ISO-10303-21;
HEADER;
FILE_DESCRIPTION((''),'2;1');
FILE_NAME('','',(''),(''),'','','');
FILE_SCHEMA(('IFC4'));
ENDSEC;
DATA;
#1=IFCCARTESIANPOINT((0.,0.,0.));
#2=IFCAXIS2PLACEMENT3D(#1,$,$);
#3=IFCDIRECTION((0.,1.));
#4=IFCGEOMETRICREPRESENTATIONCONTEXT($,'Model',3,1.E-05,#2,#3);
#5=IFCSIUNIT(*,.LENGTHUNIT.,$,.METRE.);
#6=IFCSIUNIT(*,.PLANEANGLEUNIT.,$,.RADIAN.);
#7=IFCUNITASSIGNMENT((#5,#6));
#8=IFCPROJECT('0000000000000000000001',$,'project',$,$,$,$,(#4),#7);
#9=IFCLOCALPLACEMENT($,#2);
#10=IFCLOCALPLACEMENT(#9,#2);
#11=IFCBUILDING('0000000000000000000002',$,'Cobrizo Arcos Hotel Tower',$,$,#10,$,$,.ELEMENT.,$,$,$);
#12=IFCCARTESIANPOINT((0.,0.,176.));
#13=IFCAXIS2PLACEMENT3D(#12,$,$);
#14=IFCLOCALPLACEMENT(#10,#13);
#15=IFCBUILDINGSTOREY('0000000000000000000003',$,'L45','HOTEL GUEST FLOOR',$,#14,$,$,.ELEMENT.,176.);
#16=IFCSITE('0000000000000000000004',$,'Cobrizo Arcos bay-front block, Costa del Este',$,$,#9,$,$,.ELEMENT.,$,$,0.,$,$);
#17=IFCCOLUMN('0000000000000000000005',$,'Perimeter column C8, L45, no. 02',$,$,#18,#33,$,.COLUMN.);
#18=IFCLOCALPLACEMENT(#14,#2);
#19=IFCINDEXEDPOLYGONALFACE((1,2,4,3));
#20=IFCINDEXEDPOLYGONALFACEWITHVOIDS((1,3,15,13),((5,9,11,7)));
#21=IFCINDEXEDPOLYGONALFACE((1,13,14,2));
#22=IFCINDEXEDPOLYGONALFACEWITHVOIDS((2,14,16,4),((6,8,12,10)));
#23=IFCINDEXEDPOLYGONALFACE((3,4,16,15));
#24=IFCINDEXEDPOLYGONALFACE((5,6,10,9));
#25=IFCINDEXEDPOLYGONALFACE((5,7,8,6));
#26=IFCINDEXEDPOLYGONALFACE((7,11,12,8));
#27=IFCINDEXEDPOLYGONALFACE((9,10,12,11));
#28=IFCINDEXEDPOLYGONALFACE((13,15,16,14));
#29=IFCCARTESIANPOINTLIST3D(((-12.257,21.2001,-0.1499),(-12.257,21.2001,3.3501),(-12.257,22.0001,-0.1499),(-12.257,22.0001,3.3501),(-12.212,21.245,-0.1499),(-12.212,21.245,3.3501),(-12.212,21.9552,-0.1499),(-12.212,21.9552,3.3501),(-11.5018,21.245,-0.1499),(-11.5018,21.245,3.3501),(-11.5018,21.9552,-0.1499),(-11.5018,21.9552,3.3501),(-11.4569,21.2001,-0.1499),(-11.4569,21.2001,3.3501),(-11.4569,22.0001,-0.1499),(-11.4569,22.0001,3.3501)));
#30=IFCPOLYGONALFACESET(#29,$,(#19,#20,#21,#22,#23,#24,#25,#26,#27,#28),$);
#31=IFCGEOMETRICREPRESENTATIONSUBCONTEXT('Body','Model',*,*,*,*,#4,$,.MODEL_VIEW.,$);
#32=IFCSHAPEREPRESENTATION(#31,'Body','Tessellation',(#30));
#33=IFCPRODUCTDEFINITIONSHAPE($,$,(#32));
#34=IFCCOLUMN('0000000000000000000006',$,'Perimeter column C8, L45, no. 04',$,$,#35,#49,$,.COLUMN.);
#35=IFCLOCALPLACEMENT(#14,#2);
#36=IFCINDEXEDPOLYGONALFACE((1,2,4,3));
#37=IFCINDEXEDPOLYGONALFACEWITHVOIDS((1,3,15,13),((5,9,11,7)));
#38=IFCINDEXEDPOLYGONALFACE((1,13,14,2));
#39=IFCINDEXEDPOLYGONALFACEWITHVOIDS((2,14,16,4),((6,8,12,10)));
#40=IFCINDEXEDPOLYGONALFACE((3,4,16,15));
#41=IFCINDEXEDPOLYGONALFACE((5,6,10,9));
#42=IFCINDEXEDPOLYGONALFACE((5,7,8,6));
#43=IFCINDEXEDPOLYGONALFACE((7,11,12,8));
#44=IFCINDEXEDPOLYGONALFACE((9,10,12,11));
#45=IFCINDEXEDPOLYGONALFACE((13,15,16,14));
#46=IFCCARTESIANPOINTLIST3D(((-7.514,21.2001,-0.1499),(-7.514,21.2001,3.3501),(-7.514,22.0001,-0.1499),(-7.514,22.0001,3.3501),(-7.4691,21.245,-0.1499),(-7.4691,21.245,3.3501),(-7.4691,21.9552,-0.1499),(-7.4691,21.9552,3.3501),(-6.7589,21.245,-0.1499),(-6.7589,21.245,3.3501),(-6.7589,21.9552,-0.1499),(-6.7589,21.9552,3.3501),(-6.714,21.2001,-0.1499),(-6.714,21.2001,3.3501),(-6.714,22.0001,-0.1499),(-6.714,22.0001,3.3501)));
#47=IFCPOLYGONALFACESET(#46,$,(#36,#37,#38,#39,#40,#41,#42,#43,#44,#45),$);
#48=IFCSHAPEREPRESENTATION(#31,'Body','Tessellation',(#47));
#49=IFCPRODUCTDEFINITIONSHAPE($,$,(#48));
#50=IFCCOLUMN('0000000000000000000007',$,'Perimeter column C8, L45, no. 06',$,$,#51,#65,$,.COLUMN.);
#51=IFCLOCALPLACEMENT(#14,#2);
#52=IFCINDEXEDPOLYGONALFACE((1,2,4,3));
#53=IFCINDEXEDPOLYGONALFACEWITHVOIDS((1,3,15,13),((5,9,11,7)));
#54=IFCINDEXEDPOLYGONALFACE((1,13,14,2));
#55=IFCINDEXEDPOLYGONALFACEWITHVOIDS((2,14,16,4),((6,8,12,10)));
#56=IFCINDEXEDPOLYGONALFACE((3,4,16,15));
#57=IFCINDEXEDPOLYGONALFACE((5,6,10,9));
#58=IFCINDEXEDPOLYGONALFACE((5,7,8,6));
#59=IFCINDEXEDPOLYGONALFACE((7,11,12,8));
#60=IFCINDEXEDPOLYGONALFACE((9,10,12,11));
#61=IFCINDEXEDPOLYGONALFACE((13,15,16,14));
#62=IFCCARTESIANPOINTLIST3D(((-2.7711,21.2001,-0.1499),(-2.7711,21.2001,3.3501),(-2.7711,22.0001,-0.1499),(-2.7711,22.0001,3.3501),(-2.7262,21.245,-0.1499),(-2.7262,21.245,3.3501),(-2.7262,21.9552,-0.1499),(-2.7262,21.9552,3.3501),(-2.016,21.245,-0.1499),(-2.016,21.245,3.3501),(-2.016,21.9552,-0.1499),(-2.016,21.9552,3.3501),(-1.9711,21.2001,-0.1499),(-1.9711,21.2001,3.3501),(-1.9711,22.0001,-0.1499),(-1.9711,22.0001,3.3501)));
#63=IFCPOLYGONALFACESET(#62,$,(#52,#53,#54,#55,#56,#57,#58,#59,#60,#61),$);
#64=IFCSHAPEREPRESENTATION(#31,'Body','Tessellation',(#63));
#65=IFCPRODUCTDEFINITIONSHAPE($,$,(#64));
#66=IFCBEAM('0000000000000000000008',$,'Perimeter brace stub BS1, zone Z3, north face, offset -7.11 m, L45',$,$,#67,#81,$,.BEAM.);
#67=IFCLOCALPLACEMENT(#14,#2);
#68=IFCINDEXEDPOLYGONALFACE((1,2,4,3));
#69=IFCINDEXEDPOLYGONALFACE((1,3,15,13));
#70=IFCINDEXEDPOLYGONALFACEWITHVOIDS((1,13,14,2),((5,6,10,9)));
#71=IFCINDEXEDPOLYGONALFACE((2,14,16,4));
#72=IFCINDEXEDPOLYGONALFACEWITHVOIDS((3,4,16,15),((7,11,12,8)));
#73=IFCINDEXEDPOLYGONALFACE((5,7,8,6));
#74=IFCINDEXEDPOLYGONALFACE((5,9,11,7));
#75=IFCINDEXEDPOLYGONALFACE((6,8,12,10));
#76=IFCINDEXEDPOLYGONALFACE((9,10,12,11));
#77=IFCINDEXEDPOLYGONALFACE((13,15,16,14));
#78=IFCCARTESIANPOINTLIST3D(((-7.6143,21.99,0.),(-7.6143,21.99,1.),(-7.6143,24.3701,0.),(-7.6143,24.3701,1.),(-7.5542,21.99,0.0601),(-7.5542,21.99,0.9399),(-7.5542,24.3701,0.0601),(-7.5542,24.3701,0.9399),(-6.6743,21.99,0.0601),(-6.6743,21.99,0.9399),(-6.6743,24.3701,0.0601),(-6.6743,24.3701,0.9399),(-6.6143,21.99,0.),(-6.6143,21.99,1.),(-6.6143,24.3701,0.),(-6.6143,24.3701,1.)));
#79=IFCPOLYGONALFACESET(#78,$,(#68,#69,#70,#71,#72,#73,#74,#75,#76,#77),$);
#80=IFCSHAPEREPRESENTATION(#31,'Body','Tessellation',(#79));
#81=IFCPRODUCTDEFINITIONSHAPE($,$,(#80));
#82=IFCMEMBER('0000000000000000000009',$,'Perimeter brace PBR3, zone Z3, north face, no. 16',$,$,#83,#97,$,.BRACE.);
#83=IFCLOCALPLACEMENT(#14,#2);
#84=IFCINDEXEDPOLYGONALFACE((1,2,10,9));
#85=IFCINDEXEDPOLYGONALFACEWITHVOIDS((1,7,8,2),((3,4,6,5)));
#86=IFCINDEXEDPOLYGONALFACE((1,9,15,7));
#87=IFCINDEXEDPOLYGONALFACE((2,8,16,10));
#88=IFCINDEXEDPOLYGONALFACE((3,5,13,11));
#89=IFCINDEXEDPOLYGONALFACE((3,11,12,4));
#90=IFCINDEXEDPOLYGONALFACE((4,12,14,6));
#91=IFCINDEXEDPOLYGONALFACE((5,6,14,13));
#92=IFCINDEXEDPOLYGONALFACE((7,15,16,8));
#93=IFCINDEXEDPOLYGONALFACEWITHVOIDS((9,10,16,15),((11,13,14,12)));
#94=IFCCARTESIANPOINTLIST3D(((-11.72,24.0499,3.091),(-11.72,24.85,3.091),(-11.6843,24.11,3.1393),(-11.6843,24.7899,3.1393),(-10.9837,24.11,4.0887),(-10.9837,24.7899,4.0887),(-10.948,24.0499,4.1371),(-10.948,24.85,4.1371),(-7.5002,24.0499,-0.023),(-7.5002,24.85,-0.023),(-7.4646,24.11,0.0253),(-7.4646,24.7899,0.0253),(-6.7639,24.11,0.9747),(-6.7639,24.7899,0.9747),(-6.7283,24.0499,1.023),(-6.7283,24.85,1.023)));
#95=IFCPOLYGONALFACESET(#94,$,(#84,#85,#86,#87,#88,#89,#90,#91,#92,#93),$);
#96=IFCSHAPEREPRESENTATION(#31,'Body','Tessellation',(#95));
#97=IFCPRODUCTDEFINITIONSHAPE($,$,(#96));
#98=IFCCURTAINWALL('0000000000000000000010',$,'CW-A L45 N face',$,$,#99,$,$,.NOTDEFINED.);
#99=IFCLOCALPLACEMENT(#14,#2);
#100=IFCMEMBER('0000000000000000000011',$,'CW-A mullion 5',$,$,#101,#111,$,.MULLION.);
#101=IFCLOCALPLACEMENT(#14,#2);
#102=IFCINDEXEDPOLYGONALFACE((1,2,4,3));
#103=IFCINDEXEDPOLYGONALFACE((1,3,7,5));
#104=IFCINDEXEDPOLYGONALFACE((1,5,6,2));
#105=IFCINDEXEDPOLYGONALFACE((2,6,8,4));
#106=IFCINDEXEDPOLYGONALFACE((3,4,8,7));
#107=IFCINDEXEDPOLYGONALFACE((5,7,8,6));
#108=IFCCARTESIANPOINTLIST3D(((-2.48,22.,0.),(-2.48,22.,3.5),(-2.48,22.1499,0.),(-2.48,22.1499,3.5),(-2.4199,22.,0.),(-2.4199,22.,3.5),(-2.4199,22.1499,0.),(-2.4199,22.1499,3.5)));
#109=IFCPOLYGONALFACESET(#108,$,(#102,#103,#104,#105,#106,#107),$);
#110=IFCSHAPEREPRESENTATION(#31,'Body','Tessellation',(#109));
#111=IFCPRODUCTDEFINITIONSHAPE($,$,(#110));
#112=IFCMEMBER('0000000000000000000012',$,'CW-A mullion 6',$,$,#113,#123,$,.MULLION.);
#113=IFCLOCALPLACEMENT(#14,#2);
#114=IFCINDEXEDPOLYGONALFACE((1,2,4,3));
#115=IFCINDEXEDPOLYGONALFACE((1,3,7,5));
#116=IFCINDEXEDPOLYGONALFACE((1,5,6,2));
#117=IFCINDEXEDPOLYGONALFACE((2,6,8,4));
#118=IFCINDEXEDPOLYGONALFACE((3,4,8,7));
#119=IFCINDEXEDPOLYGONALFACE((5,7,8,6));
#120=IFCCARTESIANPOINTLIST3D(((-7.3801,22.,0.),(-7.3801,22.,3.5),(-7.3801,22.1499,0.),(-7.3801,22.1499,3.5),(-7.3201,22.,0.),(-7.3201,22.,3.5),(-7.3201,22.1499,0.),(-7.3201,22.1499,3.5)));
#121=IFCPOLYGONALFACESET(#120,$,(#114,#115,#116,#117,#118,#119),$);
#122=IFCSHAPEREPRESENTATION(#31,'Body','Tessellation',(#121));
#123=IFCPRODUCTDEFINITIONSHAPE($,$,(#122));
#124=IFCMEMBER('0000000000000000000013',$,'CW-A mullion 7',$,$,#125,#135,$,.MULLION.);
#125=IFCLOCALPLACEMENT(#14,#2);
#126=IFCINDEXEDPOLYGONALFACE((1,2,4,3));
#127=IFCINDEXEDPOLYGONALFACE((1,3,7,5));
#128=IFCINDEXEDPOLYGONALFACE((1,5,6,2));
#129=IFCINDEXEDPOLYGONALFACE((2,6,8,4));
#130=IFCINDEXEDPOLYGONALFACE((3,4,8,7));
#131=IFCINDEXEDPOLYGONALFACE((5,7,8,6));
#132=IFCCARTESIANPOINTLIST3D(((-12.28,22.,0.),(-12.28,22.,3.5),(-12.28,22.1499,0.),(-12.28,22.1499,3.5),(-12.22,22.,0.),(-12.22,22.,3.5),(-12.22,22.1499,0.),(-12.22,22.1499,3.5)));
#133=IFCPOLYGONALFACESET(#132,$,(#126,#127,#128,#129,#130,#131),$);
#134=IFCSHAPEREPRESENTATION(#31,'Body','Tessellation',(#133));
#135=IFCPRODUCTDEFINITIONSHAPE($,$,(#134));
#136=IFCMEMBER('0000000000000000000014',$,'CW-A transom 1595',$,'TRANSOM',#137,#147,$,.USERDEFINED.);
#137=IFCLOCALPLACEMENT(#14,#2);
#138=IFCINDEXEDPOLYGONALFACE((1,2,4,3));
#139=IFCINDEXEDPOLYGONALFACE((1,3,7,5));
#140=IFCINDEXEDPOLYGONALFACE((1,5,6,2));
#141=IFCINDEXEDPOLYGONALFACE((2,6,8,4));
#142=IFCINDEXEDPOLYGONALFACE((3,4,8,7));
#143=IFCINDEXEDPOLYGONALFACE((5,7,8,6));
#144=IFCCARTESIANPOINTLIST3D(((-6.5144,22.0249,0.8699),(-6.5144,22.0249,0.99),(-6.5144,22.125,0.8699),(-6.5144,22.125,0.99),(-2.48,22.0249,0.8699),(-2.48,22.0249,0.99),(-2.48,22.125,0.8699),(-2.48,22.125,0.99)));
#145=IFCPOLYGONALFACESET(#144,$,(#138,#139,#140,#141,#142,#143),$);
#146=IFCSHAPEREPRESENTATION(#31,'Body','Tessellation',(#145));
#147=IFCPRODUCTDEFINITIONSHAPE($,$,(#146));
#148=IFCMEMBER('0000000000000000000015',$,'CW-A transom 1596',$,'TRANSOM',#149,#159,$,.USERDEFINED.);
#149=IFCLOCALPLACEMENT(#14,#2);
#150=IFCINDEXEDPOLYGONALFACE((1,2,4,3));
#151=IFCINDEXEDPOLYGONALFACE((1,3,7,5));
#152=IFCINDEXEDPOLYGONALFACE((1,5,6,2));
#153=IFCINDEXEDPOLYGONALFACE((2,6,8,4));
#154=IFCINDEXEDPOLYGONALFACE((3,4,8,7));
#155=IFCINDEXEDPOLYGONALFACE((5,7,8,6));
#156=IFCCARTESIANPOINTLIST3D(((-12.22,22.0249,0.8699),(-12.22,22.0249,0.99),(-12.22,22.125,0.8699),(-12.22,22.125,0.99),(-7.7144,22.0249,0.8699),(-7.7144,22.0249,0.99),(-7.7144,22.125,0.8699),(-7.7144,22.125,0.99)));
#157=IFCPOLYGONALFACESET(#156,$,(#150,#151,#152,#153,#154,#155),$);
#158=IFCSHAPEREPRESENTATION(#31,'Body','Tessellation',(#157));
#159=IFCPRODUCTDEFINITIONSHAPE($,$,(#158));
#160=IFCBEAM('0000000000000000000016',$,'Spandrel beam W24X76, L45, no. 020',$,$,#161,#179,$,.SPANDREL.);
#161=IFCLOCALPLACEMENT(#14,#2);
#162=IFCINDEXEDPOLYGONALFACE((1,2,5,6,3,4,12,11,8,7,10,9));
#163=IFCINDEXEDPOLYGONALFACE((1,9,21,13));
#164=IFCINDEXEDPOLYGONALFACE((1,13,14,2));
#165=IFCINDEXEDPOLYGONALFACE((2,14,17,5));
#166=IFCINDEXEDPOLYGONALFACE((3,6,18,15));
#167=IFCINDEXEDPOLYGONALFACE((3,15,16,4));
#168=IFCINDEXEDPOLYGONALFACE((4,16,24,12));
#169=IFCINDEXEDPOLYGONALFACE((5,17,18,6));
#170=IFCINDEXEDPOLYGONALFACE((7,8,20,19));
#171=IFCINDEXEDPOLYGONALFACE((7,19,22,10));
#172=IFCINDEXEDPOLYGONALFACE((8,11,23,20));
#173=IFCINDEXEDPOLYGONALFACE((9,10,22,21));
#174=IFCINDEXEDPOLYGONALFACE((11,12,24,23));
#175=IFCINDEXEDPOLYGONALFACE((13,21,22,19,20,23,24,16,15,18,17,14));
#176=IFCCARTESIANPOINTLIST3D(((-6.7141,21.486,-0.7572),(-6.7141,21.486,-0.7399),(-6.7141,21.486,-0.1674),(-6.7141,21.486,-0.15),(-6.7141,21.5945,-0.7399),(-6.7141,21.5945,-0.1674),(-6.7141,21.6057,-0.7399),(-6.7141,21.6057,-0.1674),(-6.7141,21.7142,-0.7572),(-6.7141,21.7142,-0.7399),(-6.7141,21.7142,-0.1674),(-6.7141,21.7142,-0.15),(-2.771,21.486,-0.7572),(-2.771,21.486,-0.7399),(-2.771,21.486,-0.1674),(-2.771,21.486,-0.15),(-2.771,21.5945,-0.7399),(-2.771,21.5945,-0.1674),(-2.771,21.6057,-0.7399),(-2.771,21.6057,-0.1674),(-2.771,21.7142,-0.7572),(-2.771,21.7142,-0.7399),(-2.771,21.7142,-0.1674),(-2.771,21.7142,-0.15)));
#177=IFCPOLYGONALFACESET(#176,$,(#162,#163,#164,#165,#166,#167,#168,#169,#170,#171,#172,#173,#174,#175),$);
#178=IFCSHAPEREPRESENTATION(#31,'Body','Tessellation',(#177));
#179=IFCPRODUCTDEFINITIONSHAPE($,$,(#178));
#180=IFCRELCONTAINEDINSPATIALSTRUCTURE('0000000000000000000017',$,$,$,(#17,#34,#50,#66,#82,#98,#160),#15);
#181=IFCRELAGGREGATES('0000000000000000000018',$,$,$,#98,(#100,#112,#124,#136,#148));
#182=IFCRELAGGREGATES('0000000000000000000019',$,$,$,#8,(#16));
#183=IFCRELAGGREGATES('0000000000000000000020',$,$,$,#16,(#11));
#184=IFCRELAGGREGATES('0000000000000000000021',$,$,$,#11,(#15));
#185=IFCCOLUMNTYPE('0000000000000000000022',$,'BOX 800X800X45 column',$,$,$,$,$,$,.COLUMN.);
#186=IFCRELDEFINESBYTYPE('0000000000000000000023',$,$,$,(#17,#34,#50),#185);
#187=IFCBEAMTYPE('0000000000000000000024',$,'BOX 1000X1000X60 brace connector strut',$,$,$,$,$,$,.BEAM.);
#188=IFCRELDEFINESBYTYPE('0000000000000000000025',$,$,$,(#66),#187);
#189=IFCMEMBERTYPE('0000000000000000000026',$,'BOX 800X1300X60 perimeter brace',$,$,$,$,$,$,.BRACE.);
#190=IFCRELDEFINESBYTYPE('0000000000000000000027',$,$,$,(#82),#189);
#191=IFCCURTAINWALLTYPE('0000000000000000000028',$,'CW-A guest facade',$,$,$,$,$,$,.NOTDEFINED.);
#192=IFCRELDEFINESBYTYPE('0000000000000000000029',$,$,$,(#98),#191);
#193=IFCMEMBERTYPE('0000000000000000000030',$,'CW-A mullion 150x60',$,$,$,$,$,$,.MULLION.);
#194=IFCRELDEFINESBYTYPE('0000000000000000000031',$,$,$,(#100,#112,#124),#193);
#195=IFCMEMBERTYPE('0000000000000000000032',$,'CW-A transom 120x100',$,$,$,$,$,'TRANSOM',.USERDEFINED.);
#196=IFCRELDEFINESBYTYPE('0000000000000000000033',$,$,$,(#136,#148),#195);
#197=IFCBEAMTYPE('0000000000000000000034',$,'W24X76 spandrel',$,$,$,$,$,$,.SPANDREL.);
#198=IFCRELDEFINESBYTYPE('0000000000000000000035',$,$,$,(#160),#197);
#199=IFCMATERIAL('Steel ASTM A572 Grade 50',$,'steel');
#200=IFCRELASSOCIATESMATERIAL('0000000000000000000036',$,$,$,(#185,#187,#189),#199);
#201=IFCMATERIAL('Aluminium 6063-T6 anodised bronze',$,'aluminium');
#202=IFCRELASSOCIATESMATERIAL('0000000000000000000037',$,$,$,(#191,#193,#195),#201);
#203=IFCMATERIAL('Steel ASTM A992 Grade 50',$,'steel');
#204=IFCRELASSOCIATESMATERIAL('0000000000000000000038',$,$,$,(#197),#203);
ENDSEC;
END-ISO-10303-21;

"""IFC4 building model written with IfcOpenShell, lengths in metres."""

from ifc_helpers import new_model, si_unit, direction, frame, origin, origin_2d, place, context, subcontext, project, spatial, rectangle, hollow_rectangle, i_section, extrude, material, material_profile, profile_set, type_object, element, aggregate, save


model = new_model("IFC4")

# Units and contexts
model_context = context("Model", 3, precision=1e-05, world=origin(), true_north=direction((0.0, 1.0)))
body_context = subcontext(model_context, "Body", "Model", "MODEL_VIEW")
ifc_project = project(units=[si_unit("LENGTHUNIT", "METRE"), si_unit("PLANEANGLEUNIT", "RADIAN")], contexts=[model_context])

# Site, building, storey
site_placement = place(None, origin())
site = spatial("IfcSite", under=ifc_project, at=site_placement, Name="Cobrizo Arcos bay-front block, Costa del Este", CompositionType="ELEMENT", RefElevation=0.0)
building_placement = place(site_placement, origin())
building = spatial("IfcBuilding", under=site, at=building_placement, Name="Cobrizo Arcos Hotel Tower", CompositionType="ELEMENT")
storey_placement = place(building_placement, frame((0.0, 0.0, 176.0)))
storey = spatial("IfcBuildingStorey", under=building, at=storey_placement, Name="L45", Description="HOTEL GUEST FLOOR", CompositionType="ELEMENT", Elevation=176.0)

# Columns
ifc_material_1 = material(Name="Steel ASTM A572 Grade 50", Category="steel")
ifc_material_profile_1 = material_profile(ifc_material_1, hollow_rectangle(XDim=0.8, YDim=0.8, WallThickness=0.0449, at=origin_2d()), Name="BOX 800X800X45")
ifc_profile_set_1 = profile_set([ifc_material_profile_1], Name="Steel ASTM A572 Grade 50")
column_type = type_object("IfcColumnType", Name="BOX 800X800X45 column", PredefinedType="COLUMN", material=ifc_profile_set_1)
for number, where, z_axis, x_axis, name in (
    (1, (-11.8569, 21.6001, -0.1499), (0.0, 0.0, 1.0), (1.0, 0.0, 0.0), "Perimeter column C8, L45, no. 02"),
    (2, (-7.114, 21.6001, -0.1499), (0.0, 0.0, 1.0), (1.0, 0.0, 0.0), "Perimeter column C8, L45, no. 04"),
    (3, (-2.3711, 21.6001, -0.1499), (0.0, 0.0, 1.0), (1.0, 0.0, 0.0), "Perimeter column C8, L45, no. 06"),
):
    element("IfcColumn", number, at=place(storey_placement, frame(where, z_axis=z_axis, x_axis=x_axis)), inside=storey, type_object=column_type, Name=name, PredefinedType="COLUMN", context=body_context, shape_type="SweptSolid", body=[
        extrude(hollow_rectangle(XDim=0.8, YDim=0.8, WallThickness=0.0449, at=origin_2d()), origin(), (0.0, 0.0, 1.0), 3.5),
    ])

# Beam
ifc_material_profile_2 = material_profile(ifc_material_1, hollow_rectangle(XDim=1.0, YDim=1.0, WallThickness=0.0601, at=origin_2d()), Name="BOX 1000X1000X60")
ifc_profile_set_2 = profile_set([ifc_material_profile_2], Name="Steel ASTM A572 Grade 50")
beam_type_1 = type_object("IfcBeamType", Name="BOX 1000X1000X60 brace connector strut", PredefinedType="BEAM", material=ifc_profile_set_2)
beam_1_placement = place(storey_placement, frame((-7.1143, 21.99, 0.5), z_axis=(0.0, 1.0, 0.0), x_axis=(-1.0, 0.0, 0.0)))
element("IfcBeam", 4, at=beam_1_placement, inside=storey, type_object=beam_type_1, Name="Perimeter brace stub BS1, zone Z3, north face, offset -7.11 m, L45", PredefinedType="BEAM", context=body_context, shape_type="SweptSolid", body=[
    extrude(hollow_rectangle(XDim=1.0, YDim=1.0, WallThickness=0.0601, at=origin_2d()), origin(), (0.0, 0.0, 1.0), 2.3801),
])

# Member
ifc_material_profile_3 = material_profile(ifc_material_1, hollow_rectangle(XDim=0.8, YDim=1.3, WallThickness=0.0601, at=origin_2d()), Name="BOX 800X1300X60")
ifc_profile_set_3 = profile_set([ifc_material_profile_3], Name="Steel ASTM A572 Grade 50")
member_type_1 = type_object("IfcMemberType", Name="BOX 800X1300X60 perimeter brace", PredefinedType="BRACE", material=ifc_profile_set_3)
member_1_placement = place(storey_placement, frame((-7.1143, 24.45, 0.5), z_axis=(-0.804624, 0.0, 0.593785), x_axis=(0.0, -1.0, 0.0)))
element("IfcMember", 5, at=member_1_placement, inside=storey, type_object=member_type_1, Name="Perimeter brace PBR3, zone Z3, north face, no. 16", PredefinedType="BRACE", context=body_context, shape_type="SweptSolid", body=[
    extrude(hollow_rectangle(XDim=0.8, YDim=1.3, WallThickness=0.0601, at=origin_2d()), origin(), (0.0, 0.0, 1.0), 5.2444),
])

# Curtain wall, members
ifc_material_2 = material(Name="Aluminium 6063-T6 anodised bronze", Category="aluminium")
curtain_wall_type = type_object("IfcCurtainWallType", Name="CW-A guest facade", PredefinedType="NOTDEFINED", material=ifc_material_2)
curtain_wall_placement = place(storey_placement, origin())
curtain_wall = element("IfcCurtainWall", 6, at=curtain_wall_placement, inside=storey, type_object=curtain_wall_type, Name="CW-A L45 N face", PredefinedType="NOTDEFINED")
ifc_material_profile_4 = material_profile(ifc_material_2, rectangle(XDim=0.1499, YDim=0.0601, at=origin_2d()), Name="CW-A mullion 150x60")
ifc_profile_set_4 = profile_set([ifc_material_profile_4], Name="Aluminium 6063-T6 anodised bronze")
member_type_2 = type_object("IfcMemberType", Name="CW-A mullion 150x60", PredefinedType="MULLION", material=ifc_profile_set_4)
member_2_placement = place(storey_placement, frame((-2.45, 22.075, 0.0), z_axis=(0.0, 0.0, 1.0), x_axis=(0.0, 1.0, 0.0)))
member_2 = element("IfcMember", 7, at=member_2_placement, type_object=member_type_2, Name="CW-A mullion 5", PredefinedType="MULLION", context=body_context, shape_type="SweptSolid", body=[
    extrude(rectangle(XDim=0.1499, YDim=0.0601, at=origin_2d()), origin(), (0.0, 0.0, 1.0), 3.5),
])
member_3_placement = place(storey_placement, frame((-7.3501, 22.075, 0.0), z_axis=(0.0, 0.0, 1.0), x_axis=(0.0, 1.0, 0.0)))
member_3 = element("IfcMember", 8, at=member_3_placement, type_object=member_type_2, Name="CW-A mullion 6", PredefinedType="MULLION", context=body_context, shape_type="SweptSolid", body=[
    extrude(rectangle(XDim=0.1499, YDim=0.0601, at=origin_2d()), origin(), (0.0, 0.0, 1.0), 3.5),
])
member_4_placement = place(storey_placement, frame((-12.25, 22.075, 0.0), z_axis=(0.0, 0.0, 1.0), x_axis=(0.0, 1.0, 0.0)))
member_4 = element("IfcMember", 9, at=member_4_placement, type_object=member_type_2, Name="CW-A mullion 7", PredefinedType="MULLION", context=body_context, shape_type="SweptSolid", body=[
    extrude(rectangle(XDim=0.1499, YDim=0.0601, at=origin_2d()), origin(), (0.0, 0.0, 1.0), 3.5),
])
ifc_material_profile_5 = material_profile(ifc_material_2, rectangle(XDim=0.1001, YDim=0.1201, at=origin_2d()), Name="CW-A transom 120x100")
ifc_profile_set_5 = profile_set([ifc_material_profile_5], Name="Aluminium 6063-T6 anodised bronze")
member_type_3 = type_object("IfcMemberType", Name="CW-A transom 120x100", ElementType="TRANSOM", PredefinedType="USERDEFINED", material=ifc_profile_set_5)
member_5_placement = place(storey_placement, frame((-2.48, 22.075, 0.9299), z_axis=(-1.0, 0.0, 0.0), x_axis=(0.0, -1.0, 0.0)))
member_5 = element("IfcMember", 10, at=member_5_placement, type_object=member_type_3, Name="CW-A transom 1595", ObjectType="TRANSOM", PredefinedType="USERDEFINED", context=body_context, shape_type="SweptSolid", body=[
    extrude(rectangle(XDim=0.1001, YDim=0.1201, at=origin_2d()), origin(), (0.0, 0.0, 1.0), 4.0344),
])
member_6_placement = place(storey_placement, frame((-7.7144, 22.075, 0.9299), z_axis=(-1.0, 0.0, 0.0), x_axis=(0.0, -1.0, 0.0)))
member_6 = element("IfcMember", 11, at=member_6_placement, type_object=member_type_3, Name="CW-A transom 1596", ObjectType="TRANSOM", PredefinedType="USERDEFINED", context=body_context, shape_type="SweptSolid", body=[
    extrude(rectangle(XDim=0.1001, YDim=0.1201, at=origin_2d()), origin(), (0.0, 0.0, 1.0), 4.5056),
])

# Beam
ifc_material_3 = material(Name="Steel ASTM A992 Grade 50", Category="steel")
ifc_material_profile_6 = material_profile(ifc_material_3, i_section(OverallWidth=0.2283, OverallDepth=0.6072, WebThickness=0.0112, FlangeThickness=0.0173, at=origin_2d()), Name="W24X76")
ifc_profile_set_6 = profile_set([ifc_material_profile_6], Name="Steel ASTM A992 Grade 50")
beam_type_2 = type_object("IfcBeamType", Name="W24X76 spandrel", PredefinedType="SPANDREL", material=ifc_profile_set_6)
for number, where, z_axis, x_axis, name in (
    (12, (-2.771, 21.6001, -0.4536), (-1.0, 0.0, 0.0), (0.0, -1.0, 0.0), "Spandrel beam W24X76, L45, no. 020"),
):
    element("IfcBeam", number, at=place(storey_placement, frame(where, z_axis=z_axis, x_axis=x_axis)), inside=storey, type_object=beam_type_2, Name=name, PredefinedType="SPANDREL", context=body_context, shape_type="SweptSolid", body=[
        extrude(i_section(OverallWidth=0.2283, OverallDepth=0.6072, WebThickness=0.0112, FlangeThickness=0.0173, at=origin_2d()), origin(), (0.0, 0.0, 1.0), 3.9431),
    ])

aggregate(curtain_wall, [member_2, member_3, member_4, member_5, member_6])

save(model, "model.ifc")
